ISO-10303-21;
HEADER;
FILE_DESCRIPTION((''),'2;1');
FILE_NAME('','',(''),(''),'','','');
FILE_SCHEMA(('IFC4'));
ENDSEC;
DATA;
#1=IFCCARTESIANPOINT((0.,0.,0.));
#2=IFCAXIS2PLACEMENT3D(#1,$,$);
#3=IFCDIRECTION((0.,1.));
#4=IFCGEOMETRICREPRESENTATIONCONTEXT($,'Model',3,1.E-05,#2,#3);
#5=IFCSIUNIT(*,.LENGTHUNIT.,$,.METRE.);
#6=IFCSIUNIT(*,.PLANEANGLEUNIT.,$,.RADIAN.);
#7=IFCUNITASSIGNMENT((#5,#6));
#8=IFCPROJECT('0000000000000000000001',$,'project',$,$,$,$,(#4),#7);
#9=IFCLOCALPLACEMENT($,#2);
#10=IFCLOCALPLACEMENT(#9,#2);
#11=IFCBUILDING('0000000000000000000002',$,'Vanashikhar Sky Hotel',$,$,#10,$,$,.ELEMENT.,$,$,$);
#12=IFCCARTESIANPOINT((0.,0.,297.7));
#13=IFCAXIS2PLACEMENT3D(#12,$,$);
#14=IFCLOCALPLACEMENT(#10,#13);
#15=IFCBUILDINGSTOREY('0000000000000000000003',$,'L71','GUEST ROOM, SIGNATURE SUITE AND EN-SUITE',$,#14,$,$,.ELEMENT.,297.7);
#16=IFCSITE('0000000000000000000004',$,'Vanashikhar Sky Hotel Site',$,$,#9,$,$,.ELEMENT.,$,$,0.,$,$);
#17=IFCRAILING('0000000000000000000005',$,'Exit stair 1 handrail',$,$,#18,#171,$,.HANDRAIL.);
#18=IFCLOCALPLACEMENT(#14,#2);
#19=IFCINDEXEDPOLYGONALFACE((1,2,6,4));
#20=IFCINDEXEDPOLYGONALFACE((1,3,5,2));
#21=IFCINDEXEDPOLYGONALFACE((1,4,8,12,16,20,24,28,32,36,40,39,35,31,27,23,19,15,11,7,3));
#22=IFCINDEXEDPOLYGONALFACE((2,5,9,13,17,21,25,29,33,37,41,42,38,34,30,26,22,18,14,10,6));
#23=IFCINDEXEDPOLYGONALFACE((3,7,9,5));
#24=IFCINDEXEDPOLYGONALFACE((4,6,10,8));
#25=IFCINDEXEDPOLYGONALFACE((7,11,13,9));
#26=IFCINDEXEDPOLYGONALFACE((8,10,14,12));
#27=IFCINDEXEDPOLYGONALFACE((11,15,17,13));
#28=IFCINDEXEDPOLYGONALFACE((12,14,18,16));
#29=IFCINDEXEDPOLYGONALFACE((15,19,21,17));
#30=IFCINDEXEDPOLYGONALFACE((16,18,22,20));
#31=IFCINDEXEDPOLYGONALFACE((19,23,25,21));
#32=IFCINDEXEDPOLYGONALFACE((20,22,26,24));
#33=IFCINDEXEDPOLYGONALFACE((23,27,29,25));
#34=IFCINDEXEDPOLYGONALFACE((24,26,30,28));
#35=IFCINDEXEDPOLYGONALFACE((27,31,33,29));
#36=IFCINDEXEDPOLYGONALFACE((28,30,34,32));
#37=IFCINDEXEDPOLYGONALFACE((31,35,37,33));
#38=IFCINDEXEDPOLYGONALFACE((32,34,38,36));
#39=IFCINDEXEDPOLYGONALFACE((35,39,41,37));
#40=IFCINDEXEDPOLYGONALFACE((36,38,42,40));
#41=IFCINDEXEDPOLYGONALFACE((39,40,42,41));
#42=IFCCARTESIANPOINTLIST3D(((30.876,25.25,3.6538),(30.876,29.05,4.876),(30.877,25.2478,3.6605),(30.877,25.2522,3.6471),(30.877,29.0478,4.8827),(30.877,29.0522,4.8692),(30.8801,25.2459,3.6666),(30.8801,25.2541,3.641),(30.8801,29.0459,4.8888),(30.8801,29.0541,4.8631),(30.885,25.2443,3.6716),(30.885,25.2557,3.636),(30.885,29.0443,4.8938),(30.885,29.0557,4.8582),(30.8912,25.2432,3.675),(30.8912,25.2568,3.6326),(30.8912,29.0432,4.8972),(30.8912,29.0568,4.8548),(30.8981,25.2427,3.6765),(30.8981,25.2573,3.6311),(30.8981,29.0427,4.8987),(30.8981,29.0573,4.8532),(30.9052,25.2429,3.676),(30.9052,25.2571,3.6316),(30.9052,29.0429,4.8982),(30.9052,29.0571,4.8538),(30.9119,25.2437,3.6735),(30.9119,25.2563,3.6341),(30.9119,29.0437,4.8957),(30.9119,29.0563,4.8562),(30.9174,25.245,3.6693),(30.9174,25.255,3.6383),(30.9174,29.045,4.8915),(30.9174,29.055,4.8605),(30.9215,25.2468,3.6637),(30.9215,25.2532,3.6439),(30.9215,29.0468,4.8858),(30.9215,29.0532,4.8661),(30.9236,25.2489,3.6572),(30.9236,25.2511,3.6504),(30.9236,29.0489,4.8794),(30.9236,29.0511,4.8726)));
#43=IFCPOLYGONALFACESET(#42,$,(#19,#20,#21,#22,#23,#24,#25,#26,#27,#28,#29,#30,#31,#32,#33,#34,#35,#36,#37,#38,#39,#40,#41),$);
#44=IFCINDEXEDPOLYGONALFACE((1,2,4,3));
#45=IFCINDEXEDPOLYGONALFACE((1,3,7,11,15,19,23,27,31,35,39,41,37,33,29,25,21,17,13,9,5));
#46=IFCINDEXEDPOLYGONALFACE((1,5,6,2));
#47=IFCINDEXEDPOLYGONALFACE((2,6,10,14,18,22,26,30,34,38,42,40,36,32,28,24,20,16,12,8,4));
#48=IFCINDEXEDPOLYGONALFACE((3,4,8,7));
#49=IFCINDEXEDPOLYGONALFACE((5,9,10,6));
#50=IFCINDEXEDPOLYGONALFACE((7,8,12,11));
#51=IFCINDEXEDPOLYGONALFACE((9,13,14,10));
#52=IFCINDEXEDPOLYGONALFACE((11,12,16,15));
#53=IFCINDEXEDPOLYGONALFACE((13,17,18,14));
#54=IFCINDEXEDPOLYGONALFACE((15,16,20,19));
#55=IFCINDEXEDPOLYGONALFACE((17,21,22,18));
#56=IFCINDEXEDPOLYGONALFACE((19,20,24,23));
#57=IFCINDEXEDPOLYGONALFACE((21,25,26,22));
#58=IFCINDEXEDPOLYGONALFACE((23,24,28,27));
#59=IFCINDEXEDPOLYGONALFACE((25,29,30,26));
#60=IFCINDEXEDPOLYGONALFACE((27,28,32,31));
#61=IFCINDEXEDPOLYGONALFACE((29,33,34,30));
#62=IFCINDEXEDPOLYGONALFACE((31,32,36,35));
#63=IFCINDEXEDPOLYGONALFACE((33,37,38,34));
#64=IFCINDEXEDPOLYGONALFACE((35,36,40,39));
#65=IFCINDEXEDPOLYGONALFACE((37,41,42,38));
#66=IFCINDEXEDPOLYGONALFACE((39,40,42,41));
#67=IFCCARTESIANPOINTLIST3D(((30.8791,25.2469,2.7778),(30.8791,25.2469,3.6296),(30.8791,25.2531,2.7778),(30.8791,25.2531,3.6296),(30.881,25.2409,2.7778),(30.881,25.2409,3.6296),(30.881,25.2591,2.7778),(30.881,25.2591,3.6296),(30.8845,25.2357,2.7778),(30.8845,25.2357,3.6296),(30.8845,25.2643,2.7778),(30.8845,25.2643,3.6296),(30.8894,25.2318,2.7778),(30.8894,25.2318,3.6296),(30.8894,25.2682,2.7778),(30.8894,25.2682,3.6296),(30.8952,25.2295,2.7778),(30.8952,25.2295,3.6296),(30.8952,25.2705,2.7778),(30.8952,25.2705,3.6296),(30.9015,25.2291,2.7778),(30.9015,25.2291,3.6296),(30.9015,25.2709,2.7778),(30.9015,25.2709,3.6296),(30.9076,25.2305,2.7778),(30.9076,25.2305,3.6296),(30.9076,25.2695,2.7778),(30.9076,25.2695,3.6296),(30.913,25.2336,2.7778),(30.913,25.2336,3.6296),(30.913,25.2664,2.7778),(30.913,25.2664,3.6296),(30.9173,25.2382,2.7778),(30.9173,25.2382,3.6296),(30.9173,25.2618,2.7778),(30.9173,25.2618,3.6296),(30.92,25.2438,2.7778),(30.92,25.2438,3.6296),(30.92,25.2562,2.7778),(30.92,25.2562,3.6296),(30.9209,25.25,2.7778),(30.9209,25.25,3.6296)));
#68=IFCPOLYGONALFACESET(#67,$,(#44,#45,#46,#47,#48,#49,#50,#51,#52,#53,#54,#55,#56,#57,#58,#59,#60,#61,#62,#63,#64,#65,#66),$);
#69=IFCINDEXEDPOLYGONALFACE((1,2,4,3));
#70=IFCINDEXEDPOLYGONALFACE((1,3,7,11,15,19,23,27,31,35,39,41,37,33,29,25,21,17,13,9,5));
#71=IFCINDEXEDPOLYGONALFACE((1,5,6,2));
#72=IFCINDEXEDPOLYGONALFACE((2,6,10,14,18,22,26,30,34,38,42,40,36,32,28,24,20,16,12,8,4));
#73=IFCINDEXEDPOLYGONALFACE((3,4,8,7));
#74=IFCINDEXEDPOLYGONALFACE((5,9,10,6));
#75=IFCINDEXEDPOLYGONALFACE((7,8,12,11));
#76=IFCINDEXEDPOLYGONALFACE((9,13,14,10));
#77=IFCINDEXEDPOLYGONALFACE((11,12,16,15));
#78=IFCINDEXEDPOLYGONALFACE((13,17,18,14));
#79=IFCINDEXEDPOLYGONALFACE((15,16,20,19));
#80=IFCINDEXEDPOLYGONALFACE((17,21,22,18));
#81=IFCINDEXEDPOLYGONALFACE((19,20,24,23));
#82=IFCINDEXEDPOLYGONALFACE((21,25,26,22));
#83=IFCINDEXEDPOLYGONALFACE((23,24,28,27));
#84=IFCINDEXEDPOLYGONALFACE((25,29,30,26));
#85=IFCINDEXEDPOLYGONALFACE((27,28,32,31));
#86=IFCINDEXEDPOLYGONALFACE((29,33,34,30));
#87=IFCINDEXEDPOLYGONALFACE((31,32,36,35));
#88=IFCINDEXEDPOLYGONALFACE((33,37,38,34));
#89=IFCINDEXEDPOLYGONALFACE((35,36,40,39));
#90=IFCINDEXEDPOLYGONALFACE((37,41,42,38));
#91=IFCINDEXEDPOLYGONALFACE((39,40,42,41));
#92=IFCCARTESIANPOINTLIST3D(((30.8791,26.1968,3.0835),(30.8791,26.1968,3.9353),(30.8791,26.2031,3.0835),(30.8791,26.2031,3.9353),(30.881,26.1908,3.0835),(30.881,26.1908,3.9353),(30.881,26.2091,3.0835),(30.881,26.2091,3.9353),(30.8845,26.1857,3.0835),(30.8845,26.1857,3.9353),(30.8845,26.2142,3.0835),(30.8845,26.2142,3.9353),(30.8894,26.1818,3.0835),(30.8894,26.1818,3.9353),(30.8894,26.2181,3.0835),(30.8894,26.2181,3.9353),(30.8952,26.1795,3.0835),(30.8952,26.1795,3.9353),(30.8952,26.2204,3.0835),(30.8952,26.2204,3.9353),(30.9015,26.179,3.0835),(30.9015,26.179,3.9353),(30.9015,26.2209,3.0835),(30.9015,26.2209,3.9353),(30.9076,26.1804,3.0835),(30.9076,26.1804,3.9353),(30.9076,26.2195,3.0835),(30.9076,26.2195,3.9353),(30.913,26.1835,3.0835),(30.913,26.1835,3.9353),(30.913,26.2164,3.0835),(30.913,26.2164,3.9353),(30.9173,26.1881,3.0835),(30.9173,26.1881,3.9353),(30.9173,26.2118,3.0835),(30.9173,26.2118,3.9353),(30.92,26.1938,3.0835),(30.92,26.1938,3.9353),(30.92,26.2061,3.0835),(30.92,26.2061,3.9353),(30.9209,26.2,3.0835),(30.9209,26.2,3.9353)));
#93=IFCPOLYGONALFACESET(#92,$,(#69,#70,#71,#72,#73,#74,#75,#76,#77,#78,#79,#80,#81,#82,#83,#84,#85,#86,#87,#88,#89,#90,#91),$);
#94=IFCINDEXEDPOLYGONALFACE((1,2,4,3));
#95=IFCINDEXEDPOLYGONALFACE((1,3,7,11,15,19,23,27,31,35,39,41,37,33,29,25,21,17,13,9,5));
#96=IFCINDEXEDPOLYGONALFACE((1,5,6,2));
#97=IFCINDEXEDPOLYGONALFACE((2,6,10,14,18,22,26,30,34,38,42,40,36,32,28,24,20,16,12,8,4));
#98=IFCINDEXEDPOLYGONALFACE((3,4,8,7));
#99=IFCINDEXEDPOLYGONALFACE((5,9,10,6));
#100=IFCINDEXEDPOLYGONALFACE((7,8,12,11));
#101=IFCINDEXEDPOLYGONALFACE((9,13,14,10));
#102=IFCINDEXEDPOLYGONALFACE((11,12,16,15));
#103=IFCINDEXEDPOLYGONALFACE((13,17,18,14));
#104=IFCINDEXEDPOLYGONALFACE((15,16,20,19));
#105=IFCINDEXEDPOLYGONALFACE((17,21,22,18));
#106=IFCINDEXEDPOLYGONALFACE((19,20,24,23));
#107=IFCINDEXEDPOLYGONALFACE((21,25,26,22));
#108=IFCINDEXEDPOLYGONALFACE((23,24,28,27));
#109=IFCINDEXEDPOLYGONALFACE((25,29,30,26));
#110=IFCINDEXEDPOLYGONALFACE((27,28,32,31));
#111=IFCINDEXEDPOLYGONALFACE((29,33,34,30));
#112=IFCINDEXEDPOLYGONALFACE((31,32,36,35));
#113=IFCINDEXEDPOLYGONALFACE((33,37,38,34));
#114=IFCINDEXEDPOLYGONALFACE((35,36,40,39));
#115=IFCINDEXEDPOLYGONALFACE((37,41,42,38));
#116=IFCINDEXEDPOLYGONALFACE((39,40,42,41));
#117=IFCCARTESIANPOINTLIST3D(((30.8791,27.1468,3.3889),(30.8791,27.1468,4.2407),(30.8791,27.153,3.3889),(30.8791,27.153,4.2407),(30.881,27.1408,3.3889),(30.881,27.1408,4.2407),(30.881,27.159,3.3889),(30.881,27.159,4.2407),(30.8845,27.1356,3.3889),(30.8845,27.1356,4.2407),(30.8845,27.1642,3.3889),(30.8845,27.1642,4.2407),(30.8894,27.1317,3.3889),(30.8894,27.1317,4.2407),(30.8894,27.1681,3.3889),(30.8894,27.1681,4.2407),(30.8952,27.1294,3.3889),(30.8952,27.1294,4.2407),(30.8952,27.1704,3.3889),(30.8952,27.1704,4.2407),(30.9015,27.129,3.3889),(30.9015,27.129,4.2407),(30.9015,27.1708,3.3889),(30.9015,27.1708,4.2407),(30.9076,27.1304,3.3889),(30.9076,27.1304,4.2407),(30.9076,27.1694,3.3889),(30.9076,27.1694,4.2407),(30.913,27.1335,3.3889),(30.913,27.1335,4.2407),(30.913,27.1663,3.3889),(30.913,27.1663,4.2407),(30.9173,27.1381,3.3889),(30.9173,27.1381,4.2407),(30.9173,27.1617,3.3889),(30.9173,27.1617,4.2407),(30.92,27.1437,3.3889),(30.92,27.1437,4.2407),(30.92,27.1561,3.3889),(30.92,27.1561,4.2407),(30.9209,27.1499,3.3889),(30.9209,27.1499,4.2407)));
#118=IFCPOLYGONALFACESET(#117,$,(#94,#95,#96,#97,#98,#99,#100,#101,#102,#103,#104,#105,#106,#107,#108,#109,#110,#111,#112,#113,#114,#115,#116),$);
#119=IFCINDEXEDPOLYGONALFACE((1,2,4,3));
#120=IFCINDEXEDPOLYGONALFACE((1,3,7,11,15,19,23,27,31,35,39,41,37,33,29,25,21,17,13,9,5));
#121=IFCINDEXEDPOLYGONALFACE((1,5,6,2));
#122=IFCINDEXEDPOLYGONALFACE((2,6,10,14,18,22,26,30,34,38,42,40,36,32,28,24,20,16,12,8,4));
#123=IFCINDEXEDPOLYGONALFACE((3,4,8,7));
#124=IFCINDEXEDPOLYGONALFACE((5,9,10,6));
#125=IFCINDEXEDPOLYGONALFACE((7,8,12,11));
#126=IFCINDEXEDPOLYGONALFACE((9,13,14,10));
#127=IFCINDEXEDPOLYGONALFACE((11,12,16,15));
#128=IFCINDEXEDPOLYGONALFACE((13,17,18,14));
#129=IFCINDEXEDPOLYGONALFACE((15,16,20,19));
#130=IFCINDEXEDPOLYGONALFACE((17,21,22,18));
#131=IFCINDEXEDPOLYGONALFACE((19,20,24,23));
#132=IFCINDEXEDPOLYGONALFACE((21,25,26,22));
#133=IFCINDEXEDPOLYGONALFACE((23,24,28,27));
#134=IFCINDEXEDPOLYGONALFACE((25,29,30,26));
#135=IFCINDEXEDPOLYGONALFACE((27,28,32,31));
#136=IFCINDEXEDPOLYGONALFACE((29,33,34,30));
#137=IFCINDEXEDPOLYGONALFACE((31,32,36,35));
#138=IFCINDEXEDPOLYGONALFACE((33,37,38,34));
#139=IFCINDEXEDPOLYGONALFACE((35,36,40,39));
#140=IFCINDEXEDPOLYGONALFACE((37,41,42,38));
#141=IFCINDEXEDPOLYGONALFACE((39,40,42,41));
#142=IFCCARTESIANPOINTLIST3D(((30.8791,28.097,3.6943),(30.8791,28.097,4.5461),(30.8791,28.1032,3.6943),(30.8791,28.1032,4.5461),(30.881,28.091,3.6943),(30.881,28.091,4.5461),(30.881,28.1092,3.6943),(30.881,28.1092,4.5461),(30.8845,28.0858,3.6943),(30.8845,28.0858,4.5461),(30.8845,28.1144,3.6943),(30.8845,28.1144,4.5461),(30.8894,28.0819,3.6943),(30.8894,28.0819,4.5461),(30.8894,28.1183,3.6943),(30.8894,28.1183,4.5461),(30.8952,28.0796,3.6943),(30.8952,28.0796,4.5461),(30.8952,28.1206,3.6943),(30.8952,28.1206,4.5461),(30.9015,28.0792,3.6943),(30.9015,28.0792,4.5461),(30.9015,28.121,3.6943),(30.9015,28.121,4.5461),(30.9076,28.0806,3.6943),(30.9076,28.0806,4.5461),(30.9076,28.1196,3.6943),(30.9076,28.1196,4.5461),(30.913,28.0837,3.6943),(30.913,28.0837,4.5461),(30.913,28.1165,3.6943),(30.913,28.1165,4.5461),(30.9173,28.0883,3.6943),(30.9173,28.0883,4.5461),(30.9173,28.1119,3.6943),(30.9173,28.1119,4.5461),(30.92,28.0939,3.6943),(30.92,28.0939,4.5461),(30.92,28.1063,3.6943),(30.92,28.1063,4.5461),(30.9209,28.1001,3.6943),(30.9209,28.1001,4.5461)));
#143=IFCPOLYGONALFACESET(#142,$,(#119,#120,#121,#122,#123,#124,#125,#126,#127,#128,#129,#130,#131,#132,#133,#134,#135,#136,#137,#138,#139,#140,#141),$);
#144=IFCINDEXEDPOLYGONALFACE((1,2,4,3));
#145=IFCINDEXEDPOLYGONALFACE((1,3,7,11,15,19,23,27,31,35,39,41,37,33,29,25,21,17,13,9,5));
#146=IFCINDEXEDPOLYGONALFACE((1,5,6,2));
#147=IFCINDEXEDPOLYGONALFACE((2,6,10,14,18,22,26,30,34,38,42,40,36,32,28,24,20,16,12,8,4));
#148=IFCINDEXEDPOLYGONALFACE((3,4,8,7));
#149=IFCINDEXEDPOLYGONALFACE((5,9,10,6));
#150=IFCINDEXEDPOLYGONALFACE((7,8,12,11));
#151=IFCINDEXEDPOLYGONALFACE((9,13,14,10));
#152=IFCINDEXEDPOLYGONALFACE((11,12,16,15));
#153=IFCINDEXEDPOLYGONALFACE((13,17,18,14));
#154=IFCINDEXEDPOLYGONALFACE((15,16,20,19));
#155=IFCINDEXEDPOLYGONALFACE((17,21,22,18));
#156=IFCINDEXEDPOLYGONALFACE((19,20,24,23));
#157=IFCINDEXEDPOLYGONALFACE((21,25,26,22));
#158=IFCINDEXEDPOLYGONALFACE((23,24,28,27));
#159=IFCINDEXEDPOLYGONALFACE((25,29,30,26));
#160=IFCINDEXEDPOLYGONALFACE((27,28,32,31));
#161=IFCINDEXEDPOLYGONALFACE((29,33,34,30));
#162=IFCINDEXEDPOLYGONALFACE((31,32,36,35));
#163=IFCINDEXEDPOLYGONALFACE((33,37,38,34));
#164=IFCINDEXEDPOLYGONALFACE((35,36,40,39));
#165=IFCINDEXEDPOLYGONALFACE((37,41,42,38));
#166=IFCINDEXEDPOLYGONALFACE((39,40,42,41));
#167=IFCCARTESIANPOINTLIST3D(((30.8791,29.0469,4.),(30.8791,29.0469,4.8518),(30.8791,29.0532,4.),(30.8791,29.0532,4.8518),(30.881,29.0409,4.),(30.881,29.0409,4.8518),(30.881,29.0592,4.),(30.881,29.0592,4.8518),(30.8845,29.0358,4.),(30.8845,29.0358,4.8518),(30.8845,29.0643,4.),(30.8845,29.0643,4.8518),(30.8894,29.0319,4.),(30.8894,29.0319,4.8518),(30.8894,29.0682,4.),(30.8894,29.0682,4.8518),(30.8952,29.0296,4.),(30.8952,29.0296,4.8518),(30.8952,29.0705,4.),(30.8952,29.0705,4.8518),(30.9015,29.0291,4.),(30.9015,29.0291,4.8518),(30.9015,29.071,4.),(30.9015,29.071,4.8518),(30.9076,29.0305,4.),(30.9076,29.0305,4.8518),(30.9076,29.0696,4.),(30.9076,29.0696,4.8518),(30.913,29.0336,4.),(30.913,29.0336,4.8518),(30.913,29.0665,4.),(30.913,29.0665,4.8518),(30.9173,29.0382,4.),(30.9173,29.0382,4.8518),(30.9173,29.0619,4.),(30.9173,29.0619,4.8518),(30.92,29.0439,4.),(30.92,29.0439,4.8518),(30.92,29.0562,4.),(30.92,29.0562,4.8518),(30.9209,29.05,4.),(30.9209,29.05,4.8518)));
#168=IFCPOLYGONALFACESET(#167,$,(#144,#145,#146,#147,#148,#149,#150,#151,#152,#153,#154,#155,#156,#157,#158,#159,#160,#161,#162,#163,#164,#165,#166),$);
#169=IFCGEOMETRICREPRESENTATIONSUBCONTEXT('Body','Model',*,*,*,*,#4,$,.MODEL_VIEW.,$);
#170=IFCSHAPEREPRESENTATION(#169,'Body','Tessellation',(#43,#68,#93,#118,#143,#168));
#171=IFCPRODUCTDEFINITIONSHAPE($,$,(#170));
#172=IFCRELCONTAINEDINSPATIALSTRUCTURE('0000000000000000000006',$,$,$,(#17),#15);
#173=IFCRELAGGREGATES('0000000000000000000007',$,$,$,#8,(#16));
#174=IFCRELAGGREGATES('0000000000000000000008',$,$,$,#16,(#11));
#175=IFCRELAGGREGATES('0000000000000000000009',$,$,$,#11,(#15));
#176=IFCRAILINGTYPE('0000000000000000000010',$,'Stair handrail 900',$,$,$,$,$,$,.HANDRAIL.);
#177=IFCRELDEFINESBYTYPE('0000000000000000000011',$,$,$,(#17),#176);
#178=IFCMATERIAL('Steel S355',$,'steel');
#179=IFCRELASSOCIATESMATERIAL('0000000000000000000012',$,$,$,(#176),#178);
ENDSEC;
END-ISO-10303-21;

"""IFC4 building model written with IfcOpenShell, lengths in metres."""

from ifc_helpers import new_model, si_unit, direction, frame, origin, origin_2d, place, context, subcontext, project, spatial, circle, extrude, source, transform, mapped, material, type_object, element, save


model = new_model("IFC4")

# Units and contexts
model_context = context("Model", 3, precision=1e-05, world=origin(), true_north=direction((0.0, 1.0)))
body_context = subcontext(model_context, "Body", "Model", "MODEL_VIEW")
ifc_project = project(units=[si_unit("LENGTHUNIT", "METRE"), si_unit("PLANEANGLEUNIT", "RADIAN")], contexts=[model_context])

# Site, building, storey
site_placement = place(None, origin())
site = spatial("IfcSite", under=ifc_project, at=site_placement, Name="Vanashikhar Sky Hotel Site", CompositionType="ELEMENT", RefElevation=0.0)
building_placement = place(site_placement, origin())
building = spatial("IfcBuilding", under=site, at=building_placement, Name="Vanashikhar Sky Hotel", CompositionType="ELEMENT")
storey_placement = place(building_placement, frame((0.0, 0.0, 297.7)))
storey = spatial("IfcBuildingStorey", under=building, at=storey_placement, Name="L71", Description="GUEST ROOM, SIGNATURE SUITE AND EN-SUITE", CompositionType="ELEMENT", Elevation=297.7)

# Railing
ifc_material_1 = material(Name="Steel S355", Category="steel")
railing_type_1 = type_object("IfcRailingType", Name="Stair handrail 900", PredefinedType="HANDRAIL", material=ifc_material_1)
shared_shape_1 = source(origin(), body_context, "Body", "SweptSolid", [
    extrude(circle(Radius=0.0239, at=origin_2d()), frame((0.0, 0.0, 0.876), z_axis=(0.0, 0.951976, 0.306173), x_axis=(-1.0, 0.0, 0.0)), (0.0, 0.0, 1.0), 3.9917),
    extrude(circle(Radius=0.021, at=origin_2d()), origin(), (0.0, 0.0, 1.0), 0.8518),
    extrude(circle(Radius=0.021, at=origin_2d()), frame((0.0, 0.95, 0.3057)), (0.0, 0.0, 1.0), 0.8518),
    extrude(circle(Radius=0.021, at=origin_2d()), frame((0.0, 1.8999, 0.6111)), (0.0, 0.0, 1.0), 0.8518),
    extrude(circle(Radius=0.021, at=origin_2d()), frame((0.0, 2.8501, 0.9165)), (0.0, 0.0, 1.0), 0.8518),
    extrude(circle(Radius=0.021, at=origin_2d()), frame((0.0, 3.8, 1.2222)), (0.0, 0.0, 1.0), 0.8518),
])
railing_1_placement = place(storey_placement, frame((30.8999, 25.25, 2.7778)))
element("IfcRailing", 1, at=railing_1_placement, inside=storey, type_object=railing_type_1, Name="Exit stair 1 handrail", PredefinedType="HANDRAIL", context=body_context, shape_type="MappedRepresentation", body=[
    mapped(shared_shape_1, transform((0.0, 0.0, 0.0), scale=1.0)),
])

save(model, "model.ifc")
